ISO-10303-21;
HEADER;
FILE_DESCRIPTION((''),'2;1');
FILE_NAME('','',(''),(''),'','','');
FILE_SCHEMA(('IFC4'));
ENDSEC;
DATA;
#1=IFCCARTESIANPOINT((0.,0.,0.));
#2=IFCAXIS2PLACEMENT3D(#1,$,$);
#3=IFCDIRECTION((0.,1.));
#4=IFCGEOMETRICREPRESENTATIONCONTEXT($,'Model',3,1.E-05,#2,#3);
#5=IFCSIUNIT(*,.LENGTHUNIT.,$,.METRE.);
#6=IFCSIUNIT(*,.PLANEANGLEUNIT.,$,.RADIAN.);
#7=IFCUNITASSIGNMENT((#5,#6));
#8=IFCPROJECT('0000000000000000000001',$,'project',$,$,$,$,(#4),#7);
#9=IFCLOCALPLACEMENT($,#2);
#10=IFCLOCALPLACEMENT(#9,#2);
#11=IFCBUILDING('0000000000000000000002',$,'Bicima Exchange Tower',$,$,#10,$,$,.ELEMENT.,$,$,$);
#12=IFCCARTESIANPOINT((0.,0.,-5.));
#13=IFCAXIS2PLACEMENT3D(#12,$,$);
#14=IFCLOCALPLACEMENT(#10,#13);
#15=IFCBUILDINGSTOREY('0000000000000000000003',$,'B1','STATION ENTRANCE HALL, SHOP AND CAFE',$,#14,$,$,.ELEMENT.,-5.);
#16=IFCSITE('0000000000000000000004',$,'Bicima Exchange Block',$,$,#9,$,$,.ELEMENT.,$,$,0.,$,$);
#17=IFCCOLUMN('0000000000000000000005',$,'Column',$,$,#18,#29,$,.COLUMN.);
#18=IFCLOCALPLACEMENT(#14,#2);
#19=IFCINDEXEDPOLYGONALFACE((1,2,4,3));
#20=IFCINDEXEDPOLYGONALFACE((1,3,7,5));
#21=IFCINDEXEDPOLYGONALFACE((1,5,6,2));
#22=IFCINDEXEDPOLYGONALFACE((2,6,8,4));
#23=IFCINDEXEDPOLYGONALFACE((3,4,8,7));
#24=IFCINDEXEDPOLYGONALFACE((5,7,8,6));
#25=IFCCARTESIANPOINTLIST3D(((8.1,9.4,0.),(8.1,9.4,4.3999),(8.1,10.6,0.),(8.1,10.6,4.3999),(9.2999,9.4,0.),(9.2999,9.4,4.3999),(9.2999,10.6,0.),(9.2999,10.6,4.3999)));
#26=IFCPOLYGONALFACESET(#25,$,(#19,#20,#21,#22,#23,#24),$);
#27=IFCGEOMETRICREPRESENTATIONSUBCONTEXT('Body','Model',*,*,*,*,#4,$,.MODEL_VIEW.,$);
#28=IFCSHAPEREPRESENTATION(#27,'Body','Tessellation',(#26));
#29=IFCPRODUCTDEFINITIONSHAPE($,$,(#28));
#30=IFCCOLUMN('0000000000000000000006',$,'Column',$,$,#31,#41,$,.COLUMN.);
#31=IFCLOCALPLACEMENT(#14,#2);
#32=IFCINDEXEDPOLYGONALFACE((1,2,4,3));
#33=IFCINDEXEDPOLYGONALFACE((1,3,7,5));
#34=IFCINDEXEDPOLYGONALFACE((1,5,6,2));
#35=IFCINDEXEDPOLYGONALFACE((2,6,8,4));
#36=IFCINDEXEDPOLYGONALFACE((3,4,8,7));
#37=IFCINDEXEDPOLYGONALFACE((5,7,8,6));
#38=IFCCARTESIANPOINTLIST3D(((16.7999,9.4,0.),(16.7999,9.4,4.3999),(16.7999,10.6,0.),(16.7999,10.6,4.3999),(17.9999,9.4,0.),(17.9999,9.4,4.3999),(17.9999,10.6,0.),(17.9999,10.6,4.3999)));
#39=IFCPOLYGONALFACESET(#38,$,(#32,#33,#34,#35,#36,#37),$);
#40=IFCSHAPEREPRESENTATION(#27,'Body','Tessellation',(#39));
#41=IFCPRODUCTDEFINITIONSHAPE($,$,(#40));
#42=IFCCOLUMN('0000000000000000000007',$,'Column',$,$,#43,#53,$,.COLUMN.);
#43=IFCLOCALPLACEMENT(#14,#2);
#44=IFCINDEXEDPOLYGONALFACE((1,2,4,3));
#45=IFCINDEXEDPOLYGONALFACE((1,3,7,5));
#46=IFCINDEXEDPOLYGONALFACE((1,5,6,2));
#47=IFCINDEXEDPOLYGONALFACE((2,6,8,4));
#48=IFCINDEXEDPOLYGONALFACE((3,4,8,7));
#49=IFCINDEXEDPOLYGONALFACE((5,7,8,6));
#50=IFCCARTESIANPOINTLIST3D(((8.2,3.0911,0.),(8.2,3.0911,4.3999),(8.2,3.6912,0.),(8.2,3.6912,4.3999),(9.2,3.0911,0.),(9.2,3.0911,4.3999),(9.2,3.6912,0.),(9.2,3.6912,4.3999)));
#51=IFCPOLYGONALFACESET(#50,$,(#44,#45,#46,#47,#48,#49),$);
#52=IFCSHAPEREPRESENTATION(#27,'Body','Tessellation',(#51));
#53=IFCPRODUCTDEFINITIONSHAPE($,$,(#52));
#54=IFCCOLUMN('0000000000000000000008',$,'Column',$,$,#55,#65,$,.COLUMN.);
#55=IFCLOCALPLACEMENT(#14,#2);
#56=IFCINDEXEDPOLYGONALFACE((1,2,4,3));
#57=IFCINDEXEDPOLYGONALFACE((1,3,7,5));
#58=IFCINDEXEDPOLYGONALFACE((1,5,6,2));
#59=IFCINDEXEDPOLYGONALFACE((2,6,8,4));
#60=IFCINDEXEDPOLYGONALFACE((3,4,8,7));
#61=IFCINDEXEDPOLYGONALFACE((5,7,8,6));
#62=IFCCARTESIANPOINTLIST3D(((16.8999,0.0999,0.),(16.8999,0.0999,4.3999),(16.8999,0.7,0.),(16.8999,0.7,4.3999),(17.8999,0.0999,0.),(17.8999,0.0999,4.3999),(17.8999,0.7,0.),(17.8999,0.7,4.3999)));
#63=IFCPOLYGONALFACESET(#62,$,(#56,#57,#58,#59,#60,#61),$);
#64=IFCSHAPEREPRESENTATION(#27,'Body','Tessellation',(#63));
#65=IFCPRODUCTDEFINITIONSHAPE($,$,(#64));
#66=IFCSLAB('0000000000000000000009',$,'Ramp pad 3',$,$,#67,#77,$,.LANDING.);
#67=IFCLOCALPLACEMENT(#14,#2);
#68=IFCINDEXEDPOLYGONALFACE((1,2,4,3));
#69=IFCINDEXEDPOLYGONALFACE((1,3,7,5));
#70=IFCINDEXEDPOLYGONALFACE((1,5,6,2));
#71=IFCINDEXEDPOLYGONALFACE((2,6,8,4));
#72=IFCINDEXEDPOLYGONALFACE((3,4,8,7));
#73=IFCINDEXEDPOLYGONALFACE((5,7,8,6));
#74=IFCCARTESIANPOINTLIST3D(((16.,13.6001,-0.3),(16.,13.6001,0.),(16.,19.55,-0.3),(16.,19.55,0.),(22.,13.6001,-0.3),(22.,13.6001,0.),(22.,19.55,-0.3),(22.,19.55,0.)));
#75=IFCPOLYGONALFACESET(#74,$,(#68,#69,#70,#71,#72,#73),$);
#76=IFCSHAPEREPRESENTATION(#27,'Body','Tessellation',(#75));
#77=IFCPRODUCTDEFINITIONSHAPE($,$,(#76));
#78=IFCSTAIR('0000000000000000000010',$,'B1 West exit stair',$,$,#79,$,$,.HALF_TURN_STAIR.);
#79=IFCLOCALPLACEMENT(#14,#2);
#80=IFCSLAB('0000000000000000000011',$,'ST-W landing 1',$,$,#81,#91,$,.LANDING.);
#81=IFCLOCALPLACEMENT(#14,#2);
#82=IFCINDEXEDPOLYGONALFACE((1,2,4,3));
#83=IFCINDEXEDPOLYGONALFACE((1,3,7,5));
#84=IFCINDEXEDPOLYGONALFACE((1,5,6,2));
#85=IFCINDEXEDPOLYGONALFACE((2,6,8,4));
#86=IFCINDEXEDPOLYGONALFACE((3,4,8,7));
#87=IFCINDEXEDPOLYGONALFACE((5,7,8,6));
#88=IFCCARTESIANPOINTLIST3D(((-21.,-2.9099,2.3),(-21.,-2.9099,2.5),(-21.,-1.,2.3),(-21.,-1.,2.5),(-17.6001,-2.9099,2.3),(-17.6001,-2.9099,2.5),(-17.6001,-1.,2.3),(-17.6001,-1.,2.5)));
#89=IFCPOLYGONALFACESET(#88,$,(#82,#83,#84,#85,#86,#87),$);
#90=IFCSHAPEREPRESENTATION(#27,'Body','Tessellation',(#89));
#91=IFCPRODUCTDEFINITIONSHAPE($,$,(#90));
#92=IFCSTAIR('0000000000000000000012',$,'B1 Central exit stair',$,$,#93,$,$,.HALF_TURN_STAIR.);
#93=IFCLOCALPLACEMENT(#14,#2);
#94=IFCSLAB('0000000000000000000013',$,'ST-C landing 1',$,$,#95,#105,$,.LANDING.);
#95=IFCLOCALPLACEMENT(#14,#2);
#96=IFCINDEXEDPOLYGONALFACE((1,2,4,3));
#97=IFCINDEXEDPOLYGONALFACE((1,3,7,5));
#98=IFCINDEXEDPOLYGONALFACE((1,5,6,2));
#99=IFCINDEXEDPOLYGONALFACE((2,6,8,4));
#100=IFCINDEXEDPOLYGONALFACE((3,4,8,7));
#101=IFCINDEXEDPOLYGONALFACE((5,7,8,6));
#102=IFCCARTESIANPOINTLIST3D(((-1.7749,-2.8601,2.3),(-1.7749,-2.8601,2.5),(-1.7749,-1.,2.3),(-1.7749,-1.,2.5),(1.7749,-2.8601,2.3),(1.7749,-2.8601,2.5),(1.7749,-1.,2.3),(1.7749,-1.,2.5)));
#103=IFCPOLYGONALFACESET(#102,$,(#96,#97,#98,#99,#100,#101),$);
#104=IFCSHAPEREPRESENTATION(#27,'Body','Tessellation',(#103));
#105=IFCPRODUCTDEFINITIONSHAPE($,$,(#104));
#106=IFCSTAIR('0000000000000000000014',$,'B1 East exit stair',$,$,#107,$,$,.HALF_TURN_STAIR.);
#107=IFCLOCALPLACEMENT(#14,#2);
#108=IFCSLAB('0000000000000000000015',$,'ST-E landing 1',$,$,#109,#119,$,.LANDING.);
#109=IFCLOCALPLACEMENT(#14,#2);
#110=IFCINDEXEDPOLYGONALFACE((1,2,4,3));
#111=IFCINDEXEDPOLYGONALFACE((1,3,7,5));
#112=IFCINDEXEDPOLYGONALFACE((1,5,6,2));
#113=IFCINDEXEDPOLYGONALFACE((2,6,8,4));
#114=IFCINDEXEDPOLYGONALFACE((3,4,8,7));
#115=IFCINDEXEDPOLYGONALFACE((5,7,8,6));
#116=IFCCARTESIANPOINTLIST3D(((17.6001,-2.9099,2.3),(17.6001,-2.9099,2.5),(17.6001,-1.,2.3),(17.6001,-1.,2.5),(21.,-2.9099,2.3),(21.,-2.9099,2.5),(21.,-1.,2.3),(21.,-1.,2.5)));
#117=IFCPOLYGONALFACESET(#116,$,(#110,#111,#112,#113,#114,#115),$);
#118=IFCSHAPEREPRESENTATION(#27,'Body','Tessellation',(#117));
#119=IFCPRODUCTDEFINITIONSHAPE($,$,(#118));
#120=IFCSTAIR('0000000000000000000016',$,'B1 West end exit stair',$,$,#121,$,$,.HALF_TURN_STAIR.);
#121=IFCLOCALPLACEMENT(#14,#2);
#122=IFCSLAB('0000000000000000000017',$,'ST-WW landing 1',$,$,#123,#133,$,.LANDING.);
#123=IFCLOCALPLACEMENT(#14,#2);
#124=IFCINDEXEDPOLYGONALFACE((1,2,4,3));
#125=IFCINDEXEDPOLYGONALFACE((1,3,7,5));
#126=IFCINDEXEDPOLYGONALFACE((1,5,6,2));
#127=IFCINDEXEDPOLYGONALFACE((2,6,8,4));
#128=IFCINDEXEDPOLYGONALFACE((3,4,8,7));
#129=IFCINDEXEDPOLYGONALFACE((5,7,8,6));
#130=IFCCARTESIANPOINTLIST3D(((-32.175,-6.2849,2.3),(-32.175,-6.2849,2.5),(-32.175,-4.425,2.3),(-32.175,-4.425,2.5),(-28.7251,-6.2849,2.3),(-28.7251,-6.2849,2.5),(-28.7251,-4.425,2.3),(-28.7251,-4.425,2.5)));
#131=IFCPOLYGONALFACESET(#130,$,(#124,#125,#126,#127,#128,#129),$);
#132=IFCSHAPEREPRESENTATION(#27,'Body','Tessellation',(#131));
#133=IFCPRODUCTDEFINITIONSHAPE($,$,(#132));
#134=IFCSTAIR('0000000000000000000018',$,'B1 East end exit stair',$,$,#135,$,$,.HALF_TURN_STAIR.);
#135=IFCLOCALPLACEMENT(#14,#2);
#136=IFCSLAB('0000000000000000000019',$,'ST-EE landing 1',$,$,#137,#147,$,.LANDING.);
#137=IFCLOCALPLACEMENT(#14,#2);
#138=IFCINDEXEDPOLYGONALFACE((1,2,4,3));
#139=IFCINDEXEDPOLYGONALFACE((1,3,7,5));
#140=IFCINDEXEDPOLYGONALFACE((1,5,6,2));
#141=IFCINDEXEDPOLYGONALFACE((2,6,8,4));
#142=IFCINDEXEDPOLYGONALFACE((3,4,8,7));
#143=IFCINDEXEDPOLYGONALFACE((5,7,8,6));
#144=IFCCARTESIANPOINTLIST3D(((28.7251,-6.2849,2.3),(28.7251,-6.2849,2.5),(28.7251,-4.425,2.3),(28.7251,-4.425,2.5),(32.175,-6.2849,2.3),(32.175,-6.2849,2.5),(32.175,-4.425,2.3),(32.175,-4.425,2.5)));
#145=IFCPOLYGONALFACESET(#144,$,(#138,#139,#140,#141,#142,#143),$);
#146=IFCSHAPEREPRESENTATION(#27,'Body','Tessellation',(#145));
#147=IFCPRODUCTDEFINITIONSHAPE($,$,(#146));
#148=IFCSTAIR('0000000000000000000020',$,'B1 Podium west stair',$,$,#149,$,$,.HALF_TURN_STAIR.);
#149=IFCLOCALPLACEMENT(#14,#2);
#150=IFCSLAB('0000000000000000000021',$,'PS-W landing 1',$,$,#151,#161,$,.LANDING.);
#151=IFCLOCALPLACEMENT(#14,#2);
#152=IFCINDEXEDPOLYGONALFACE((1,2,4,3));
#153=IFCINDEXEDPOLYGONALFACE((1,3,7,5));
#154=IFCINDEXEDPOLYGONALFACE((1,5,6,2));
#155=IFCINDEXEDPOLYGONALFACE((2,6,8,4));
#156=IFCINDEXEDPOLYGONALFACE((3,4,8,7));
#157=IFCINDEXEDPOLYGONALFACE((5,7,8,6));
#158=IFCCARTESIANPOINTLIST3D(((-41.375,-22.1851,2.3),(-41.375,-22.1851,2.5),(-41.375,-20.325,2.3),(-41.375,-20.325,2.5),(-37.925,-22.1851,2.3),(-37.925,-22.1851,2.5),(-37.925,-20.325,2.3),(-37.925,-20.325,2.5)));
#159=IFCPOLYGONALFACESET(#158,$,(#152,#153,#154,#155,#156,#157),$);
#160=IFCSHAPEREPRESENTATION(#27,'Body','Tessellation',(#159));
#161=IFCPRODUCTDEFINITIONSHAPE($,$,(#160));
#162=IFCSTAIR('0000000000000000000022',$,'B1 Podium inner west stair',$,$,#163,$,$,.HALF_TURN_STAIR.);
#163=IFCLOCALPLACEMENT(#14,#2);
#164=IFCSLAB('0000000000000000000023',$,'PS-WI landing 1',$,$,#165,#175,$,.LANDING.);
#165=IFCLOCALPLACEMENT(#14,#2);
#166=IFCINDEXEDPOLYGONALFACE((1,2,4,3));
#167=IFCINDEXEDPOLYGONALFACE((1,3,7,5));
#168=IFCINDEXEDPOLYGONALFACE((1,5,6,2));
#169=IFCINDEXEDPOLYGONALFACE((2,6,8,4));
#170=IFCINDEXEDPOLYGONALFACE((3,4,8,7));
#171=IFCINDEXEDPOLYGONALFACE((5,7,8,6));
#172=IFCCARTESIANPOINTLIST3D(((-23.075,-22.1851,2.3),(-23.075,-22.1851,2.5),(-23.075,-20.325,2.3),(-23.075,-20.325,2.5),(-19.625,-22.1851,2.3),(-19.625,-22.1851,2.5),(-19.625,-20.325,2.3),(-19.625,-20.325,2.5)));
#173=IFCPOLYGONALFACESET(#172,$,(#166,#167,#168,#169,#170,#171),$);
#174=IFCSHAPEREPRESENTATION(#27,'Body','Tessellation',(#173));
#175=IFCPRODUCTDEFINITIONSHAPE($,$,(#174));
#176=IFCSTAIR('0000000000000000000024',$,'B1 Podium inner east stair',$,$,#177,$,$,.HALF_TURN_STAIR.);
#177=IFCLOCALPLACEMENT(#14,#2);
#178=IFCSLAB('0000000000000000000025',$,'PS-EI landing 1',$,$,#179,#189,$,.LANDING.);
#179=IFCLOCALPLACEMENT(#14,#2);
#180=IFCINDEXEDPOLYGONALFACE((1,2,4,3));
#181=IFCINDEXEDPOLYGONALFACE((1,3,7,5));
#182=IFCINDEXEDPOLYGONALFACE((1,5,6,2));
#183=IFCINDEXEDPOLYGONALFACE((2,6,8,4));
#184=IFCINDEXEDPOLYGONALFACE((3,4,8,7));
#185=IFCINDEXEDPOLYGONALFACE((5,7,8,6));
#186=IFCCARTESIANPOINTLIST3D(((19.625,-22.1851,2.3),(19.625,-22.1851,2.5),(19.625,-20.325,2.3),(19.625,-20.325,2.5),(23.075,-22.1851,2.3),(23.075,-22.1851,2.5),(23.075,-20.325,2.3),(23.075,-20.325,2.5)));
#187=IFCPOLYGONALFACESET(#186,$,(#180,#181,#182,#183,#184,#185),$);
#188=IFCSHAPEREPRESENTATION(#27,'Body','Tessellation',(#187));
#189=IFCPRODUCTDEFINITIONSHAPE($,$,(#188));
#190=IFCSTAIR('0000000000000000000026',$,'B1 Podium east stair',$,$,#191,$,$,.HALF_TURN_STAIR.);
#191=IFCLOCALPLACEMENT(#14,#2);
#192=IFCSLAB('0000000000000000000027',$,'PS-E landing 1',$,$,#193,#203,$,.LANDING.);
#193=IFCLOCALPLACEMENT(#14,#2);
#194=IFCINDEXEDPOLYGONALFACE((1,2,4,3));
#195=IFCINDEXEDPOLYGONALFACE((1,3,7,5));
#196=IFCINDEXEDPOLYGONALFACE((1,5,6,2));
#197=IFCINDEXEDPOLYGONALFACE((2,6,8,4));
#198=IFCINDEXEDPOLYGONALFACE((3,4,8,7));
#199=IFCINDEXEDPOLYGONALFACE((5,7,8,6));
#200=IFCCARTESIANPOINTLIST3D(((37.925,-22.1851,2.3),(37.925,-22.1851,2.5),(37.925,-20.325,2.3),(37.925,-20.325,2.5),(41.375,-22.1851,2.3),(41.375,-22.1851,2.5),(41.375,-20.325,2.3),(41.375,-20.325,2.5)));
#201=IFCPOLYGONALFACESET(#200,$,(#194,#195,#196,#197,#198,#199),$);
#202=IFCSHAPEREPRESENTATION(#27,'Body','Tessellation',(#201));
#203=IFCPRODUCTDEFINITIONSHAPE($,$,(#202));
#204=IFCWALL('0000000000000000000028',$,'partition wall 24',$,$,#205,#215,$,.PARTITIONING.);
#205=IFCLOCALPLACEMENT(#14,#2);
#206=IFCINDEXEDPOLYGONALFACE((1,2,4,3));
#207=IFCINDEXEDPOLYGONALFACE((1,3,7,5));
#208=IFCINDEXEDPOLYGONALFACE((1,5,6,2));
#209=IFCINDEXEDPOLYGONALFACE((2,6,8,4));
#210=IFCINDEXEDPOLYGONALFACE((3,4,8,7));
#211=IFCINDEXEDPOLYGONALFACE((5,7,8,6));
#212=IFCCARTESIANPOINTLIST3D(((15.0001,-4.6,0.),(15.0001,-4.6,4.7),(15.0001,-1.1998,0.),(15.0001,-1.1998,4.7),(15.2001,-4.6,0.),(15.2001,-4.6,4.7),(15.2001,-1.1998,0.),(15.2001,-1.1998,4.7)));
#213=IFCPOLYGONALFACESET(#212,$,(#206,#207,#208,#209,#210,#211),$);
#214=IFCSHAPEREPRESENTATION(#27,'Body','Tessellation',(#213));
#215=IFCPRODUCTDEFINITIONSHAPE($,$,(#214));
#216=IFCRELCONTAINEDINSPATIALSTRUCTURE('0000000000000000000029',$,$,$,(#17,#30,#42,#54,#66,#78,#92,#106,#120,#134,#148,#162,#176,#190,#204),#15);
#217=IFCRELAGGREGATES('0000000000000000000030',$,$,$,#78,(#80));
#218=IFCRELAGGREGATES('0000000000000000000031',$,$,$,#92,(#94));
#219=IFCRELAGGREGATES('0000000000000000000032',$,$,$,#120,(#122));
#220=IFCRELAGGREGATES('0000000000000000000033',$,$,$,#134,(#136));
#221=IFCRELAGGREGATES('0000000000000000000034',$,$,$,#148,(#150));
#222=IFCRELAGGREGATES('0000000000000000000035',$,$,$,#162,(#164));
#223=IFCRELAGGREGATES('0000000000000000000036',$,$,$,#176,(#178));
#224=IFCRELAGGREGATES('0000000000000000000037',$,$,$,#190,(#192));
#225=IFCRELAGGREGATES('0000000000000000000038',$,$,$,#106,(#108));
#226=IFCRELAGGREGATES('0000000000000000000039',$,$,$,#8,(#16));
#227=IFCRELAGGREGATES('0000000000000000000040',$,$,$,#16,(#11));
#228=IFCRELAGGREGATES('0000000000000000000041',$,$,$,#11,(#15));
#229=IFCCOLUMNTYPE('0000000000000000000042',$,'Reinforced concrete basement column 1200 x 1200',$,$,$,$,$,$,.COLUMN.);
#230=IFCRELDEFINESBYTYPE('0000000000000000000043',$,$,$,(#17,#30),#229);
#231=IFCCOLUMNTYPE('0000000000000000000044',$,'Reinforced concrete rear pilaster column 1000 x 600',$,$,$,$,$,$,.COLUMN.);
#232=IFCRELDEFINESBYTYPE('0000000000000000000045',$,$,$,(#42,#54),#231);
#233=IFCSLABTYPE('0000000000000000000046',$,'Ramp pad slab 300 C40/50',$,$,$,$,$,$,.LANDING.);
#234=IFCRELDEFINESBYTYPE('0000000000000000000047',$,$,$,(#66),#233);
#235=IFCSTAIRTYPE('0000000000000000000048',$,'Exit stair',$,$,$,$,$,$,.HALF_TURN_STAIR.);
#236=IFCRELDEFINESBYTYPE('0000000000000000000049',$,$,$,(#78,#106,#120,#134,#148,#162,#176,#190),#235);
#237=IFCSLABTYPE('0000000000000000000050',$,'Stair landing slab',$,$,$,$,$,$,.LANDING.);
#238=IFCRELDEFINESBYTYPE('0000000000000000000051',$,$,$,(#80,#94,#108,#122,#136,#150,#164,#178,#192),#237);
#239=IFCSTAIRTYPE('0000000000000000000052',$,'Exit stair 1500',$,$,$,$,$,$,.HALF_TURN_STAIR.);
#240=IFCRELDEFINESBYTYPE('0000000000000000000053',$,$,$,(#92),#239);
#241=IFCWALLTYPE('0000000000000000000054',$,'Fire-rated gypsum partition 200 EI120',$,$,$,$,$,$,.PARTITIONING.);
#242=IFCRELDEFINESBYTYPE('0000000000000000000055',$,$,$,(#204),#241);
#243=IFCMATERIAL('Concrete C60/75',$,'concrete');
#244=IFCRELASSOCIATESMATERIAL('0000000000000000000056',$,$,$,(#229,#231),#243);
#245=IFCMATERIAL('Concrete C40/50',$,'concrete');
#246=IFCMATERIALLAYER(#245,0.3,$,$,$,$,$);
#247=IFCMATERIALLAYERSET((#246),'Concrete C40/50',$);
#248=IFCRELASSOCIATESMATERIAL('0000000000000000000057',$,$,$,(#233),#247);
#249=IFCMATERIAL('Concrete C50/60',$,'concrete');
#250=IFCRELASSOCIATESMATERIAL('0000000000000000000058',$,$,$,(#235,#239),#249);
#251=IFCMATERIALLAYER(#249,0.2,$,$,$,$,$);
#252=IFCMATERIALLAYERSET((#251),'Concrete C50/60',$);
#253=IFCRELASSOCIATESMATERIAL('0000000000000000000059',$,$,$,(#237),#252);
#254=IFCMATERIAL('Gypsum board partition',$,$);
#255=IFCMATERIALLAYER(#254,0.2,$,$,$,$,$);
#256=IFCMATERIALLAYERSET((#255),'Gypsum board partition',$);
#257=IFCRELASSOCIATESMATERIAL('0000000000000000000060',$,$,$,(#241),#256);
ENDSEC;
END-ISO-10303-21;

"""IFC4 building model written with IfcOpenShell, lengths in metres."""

from ifc_helpers import new_model, si_unit, direction, frame, frame_2d, origin, origin_2d, place, context, subcontext, project, spatial, polyline, rectangle, outline, extrude, material, layer, layer_set, material_profile, profile_set, type_object, element, aggregate, save


model = new_model("IFC4")

# Units and contexts
model_context = context("Model", 3, precision=1e-05, world=origin(), true_north=direction((0.0, 1.0)))
body_context = subcontext(model_context, "Body", "Model", "MODEL_VIEW")
ifc_project = project(units=[si_unit("LENGTHUNIT", "METRE"), si_unit("PLANEANGLEUNIT", "RADIAN")], contexts=[model_context])

# Site, building, storey
site_placement = place(None, origin())
site = spatial("IfcSite", under=ifc_project, at=site_placement, Name="Bicima Exchange Block", CompositionType="ELEMENT", RefElevation=0.0)
building_placement = place(site_placement, origin())
building = spatial("IfcBuilding", under=site, at=building_placement, Name="Bicima Exchange Tower", CompositionType="ELEMENT")
storey_placement = place(building_placement, frame((0.0, 0.0, -5.0)))
storey = spatial("IfcBuildingStorey", under=building, at=storey_placement, Name="B1", Description="STATION ENTRANCE HALL, SHOP AND CAFE", CompositionType="ELEMENT", Elevation=-5.0)

# Columns
ifc_material_1 = material(Name="Concrete C60/75", Category="concrete")
ifc_material_profile_1 = material_profile(ifc_material_1, rectangle(XDim=1.2, YDim=1.2, at=origin_2d()))
ifc_profile_set_1 = profile_set([ifc_material_profile_1], Name="Concrete C60/75")
column_type_1 = type_object("IfcColumnType", Name="Reinforced concrete basement column 1200 x 1200", PredefinedType="COLUMN", material=ifc_profile_set_1)
for number, where, z_axis, x_axis, name in (
    (1, (8.7, 10.0, 0.0), (0.0, 0.0, 1.0), (1.0, 0.0, 0.0), "Column"),
    (2, (17.3999, 10.0, 0.0), (0.0, 0.0, 1.0), (1.0, 0.0, 0.0), "Column"),
):
    element("IfcColumn", number, at=place(storey_placement, frame(where, z_axis=z_axis, x_axis=x_axis)), inside=storey, type_object=column_type_1, Name=name, PredefinedType="COLUMN", context=body_context, shape_type="SweptSolid", body=[
        extrude(rectangle(XDim=1.2, YDim=1.2, at=origin_2d()), origin(), (0.0, 0.0, 1.0), 4.3999),
    ])
ifc_material_profile_2 = material_profile(ifc_material_1, rectangle(XDim=1.0, YDim=0.6001, at=origin_2d()))
ifc_profile_set_2 = profile_set([ifc_material_profile_2], Name="Concrete C60/75")
column_type_2 = type_object("IfcColumnType", Name="Reinforced concrete rear pilaster column 1000 x 600", PredefinedType="COLUMN", material=ifc_profile_set_2)
for number, where, z_axis, x_axis, name in (
    (3, (8.7, 3.3911, 0.0), (0.0, 0.0, 1.0), (1.0, 0.0, 0.0), "Column"),
    (4, (17.3999, 0.3999, 0.0), (0.0, 0.0, 1.0), (1.0, 0.0, 0.0), "Column"),
):
    element("IfcColumn", number, at=place(storey_placement, frame(where, z_axis=z_axis, x_axis=x_axis)), inside=storey, type_object=column_type_2, Name=name, PredefinedType="COLUMN", context=body_context, shape_type="SweptSolid", body=[
        extrude(rectangle(XDim=1.0, YDim=0.6001, at=origin_2d()), origin(), (0.0, 0.0, 1.0), 4.3999),
    ])

# Slab
ifc_material_2 = material(Name="Concrete C40/50", Category="concrete")
ifc_layer_1 = layer(ifc_material_2, 0.3)
ifc_layer_set_1 = layer_set([ifc_layer_1], Name="Concrete C40/50")
slab_type_1 = type_object("IfcSlabType", Name="Ramp pad slab 300 C40/50", PredefinedType="LANDING", material=ifc_layer_set_1)
slab_1_placement = place(storey_placement, frame((0.0, 0.0, -0.3)))
element("IfcSlab", 5, at=slab_1_placement, inside=storey, type_object=slab_type_1, Name="Ramp pad 3", PredefinedType="LANDING", context=body_context, shape_type="SweptSolid", body=[
    extrude(outline(polyline([(16.0, 13.6001), (22.0, 13.6001), (22.0, 19.55), (16.0, 19.55), (16.0, 13.6001)])), origin(), (0.0, 0.0, 1.0), 0.3),
])

# Stairs, slabs
ifc_material_3 = material(Name="Concrete C50/60", Category="concrete")
stair_type_1 = type_object("IfcStairType", Name="Exit stair", PredefinedType="HALF_TURN_STAIR", material=ifc_material_3)
stair_1_placement = place(storey_placement, origin())
stair_1 = element("IfcStair", 6, at=stair_1_placement, inside=storey, type_object=stair_type_1, Name="B1 West exit stair", PredefinedType="HALF_TURN_STAIR")
ifc_layer_2 = layer(ifc_material_3, 0.2)
ifc_layer_set_2 = layer_set([ifc_layer_2], Name="Concrete C50/60")
slab_type_2 = type_object("IfcSlabType", Name="Stair landing slab", PredefinedType="LANDING", material=ifc_layer_set_2)
slab_2_placement = place(storey_placement, frame((0.0, 0.0, 2.3)))
slab_2 = element("IfcSlab", 7, at=slab_2_placement, type_object=slab_type_2, Name="ST-W landing 1", PredefinedType="LANDING", context=body_context, shape_type="SweptSolid", body=[
    extrude(outline(polyline([(-17.6001, -2.9099), (-17.6001, -1.0), (-21.0, -1.0), (-21.0, -2.9099), (-17.6001, -2.9099)])), origin(), (0.0, 0.0, 1.0), 0.2),
])
aggregate(stair_1, [slab_2])
stair_type_2 = type_object("IfcStairType", Name="Exit stair 1500", PredefinedType="HALF_TURN_STAIR", material=ifc_material_3)
stair_2_placement = place(storey_placement, origin())
stair_2 = element("IfcStair", 8, at=stair_2_placement, inside=storey, type_object=stair_type_2, Name="B1 Central exit stair", PredefinedType="HALF_TURN_STAIR")
slab_3_placement = place(storey_placement, frame((0.0, 0.0, 2.3)))
slab_3 = element("IfcSlab", 9, at=slab_3_placement, type_object=slab_type_2, Name="ST-C landing 1", PredefinedType="LANDING", context=body_context, shape_type="SweptSolid", body=[
    extrude(outline(polyline([(1.7749, -2.8601), (1.7749, -1.0), (-1.7749, -1.0), (-1.7749, -2.8601), (1.7749, -2.8601)])), origin(), (0.0, 0.0, 1.0), 0.2),
])
aggregate(stair_2, [slab_3])
stair_3_placement = place(storey_placement, origin())
stair_3 = element("IfcStair", 10, at=stair_3_placement, inside=storey, type_object=stair_type_1, Name="B1 East exit stair", PredefinedType="HALF_TURN_STAIR")
slab_4_placement = place(storey_placement, frame((0.0, 0.0, 2.3)))
slab_4 = element("IfcSlab", 11, at=slab_4_placement, type_object=slab_type_2, Name="ST-E landing 1", PredefinedType="LANDING", context=body_context, shape_type="SweptSolid", body=[
    extrude(outline(polyline([(21.0, -2.9099), (21.0, -1.0), (17.6001, -1.0), (17.6001, -2.9099), (21.0, -2.9099)])), origin(), (0.0, 0.0, 1.0), 0.2),
])
stair_4_placement = place(storey_placement, origin())
stair_4 = element("IfcStair", 12, at=stair_4_placement, inside=storey, type_object=stair_type_1, Name="B1 West end exit stair", PredefinedType="HALF_TURN_STAIR")
slab_5_placement = place(storey_placement, frame((0.0, 0.0, 2.3)))
slab_5 = element("IfcSlab", 13, at=slab_5_placement, type_object=slab_type_2, Name="ST-WW landing 1", PredefinedType="LANDING", context=body_context, shape_type="SweptSolid", body=[
    extrude(outline(polyline([(-28.7251, -6.2849), (-28.7251, -4.425), (-32.175, -4.425), (-32.175, -6.2849), (-28.7251, -6.2849)])), origin(), (0.0, 0.0, 1.0), 0.2),
])
aggregate(stair_4, [slab_5])
stair_5_placement = place(storey_placement, origin())
stair_5 = element("IfcStair", 14, at=stair_5_placement, inside=storey, type_object=stair_type_1, Name="B1 East end exit stair", PredefinedType="HALF_TURN_STAIR")
slab_6_placement = place(storey_placement, frame((0.0, 0.0, 2.3)))
slab_6 = element("IfcSlab", 15, at=slab_6_placement, type_object=slab_type_2, Name="ST-EE landing 1", PredefinedType="LANDING", context=body_context, shape_type="SweptSolid", body=[
    extrude(outline(polyline([(32.175, -6.2849), (32.175, -4.425), (28.7251, -4.425), (28.7251, -6.2849), (32.175, -6.2849)])), origin(), (0.0, 0.0, 1.0), 0.2),
])
aggregate(stair_5, [slab_6])
stair_6_placement = place(storey_placement, origin())
stair_6 = element("IfcStair", 16, at=stair_6_placement, inside=storey, type_object=stair_type_1, Name="B1 Podium west stair", PredefinedType="HALF_TURN_STAIR")
slab_7_placement = place(storey_placement, frame((0.0, 0.0, 2.3)))
slab_7 = element("IfcSlab", 17, at=slab_7_placement, type_object=slab_type_2, Name="PS-W landing 1", PredefinedType="LANDING", context=body_context, shape_type="SweptSolid", body=[
    extrude(outline(polyline([(-37.925, -22.1851), (-37.925, -20.325), (-41.375, -20.325), (-41.375, -22.1851), (-37.925, -22.1851)])), origin(), (0.0, 0.0, 1.0), 0.2),
])
aggregate(stair_6, [slab_7])
stair_7_placement = place(storey_placement, origin())
stair_7 = element("IfcStair", 18, at=stair_7_placement, inside=storey, type_object=stair_type_1, Name="B1 Podium inner west stair", PredefinedType="HALF_TURN_STAIR")
slab_8_placement = place(storey_placement, frame((0.0, 0.0, 2.3)))
slab_8 = element("IfcSlab", 19, at=slab_8_placement, type_object=slab_type_2, Name="PS-WI landing 1", PredefinedType="LANDING", context=body_context, shape_type="SweptSolid", body=[
    extrude(outline(polyline([(-19.625, -22.1851), (-19.625, -20.325), (-23.075, -20.325), (-23.075, -22.1851), (-19.625, -22.1851)])), origin(), (0.0, 0.0, 1.0), 0.2),
])
aggregate(stair_7, [slab_8])
stair_8_placement = place(storey_placement, origin())
stair_8 = element("IfcStair", 20, at=stair_8_placement, inside=storey, type_object=stair_type_1, Name="B1 Podium inner east stair", PredefinedType="HALF_TURN_STAIR")
slab_9_placement = place(storey_placement, frame((0.0, 0.0, 2.3)))
slab_9 = element("IfcSlab", 21, at=slab_9_placement, type_object=slab_type_2, Name="PS-EI landing 1", PredefinedType="LANDING", context=body_context, shape_type="SweptSolid", body=[
    extrude(outline(polyline([(23.075, -22.1851), (23.075, -20.325), (19.625, -20.325), (19.625, -22.1851), (23.075, -22.1851)])), origin(), (0.0, 0.0, 1.0), 0.2),
])
aggregate(stair_8, [slab_9])
stair_9_placement = place(storey_placement, origin())
stair_9 = element("IfcStair", 22, at=stair_9_placement, inside=storey, type_object=stair_type_1, Name="B1 Podium east stair", PredefinedType="HALF_TURN_STAIR")
slab_10_placement = place(storey_placement, frame((0.0, 0.0, 2.3)))
slab_10 = element("IfcSlab", 23, at=slab_10_placement, type_object=slab_type_2, Name="PS-E landing 1", PredefinedType="LANDING", context=body_context, shape_type="SweptSolid", body=[
    extrude(outline(polyline([(41.375, -22.1851), (41.375, -20.325), (37.925, -20.325), (37.925, -22.1851), (41.375, -22.1851)])), origin(), (0.0, 0.0, 1.0), 0.2),
])
aggregate(stair_9, [slab_10])

# Wall
ifc_material_4 = material(Name="Gypsum board partition")
ifc_layer_3 = layer(ifc_material_4, 0.2)
ifc_layer_set_3 = layer_set([ifc_layer_3], Name="Gypsum board partition")
wall_type_1 = type_object("IfcWallType", Name="Fire-rated gypsum partition 200 EI120", PredefinedType="PARTITIONING", material=ifc_layer_set_3)
wall_1_placement = place(storey_placement, frame((15.1001, -4.6001, 0.0), z_axis=(0.0, 0.0, 1.0), x_axis=(0.0, 1.0, 0.0)))
element("IfcWall", 24, at=wall_1_placement, inside=storey, type_object=wall_type_1, Name="partition wall 24", PredefinedType="PARTITIONING", context=body_context, shape_type="SweptSolid", body=[
    extrude(rectangle(XDim=3.4001, YDim=0.2, at=frame_2d((1.7002, 0.0))), origin(), (0.0, 0.0, 1.0), 4.7),
])

aggregate(stair_3, [slab_4])

save(model, "model.ifc")
